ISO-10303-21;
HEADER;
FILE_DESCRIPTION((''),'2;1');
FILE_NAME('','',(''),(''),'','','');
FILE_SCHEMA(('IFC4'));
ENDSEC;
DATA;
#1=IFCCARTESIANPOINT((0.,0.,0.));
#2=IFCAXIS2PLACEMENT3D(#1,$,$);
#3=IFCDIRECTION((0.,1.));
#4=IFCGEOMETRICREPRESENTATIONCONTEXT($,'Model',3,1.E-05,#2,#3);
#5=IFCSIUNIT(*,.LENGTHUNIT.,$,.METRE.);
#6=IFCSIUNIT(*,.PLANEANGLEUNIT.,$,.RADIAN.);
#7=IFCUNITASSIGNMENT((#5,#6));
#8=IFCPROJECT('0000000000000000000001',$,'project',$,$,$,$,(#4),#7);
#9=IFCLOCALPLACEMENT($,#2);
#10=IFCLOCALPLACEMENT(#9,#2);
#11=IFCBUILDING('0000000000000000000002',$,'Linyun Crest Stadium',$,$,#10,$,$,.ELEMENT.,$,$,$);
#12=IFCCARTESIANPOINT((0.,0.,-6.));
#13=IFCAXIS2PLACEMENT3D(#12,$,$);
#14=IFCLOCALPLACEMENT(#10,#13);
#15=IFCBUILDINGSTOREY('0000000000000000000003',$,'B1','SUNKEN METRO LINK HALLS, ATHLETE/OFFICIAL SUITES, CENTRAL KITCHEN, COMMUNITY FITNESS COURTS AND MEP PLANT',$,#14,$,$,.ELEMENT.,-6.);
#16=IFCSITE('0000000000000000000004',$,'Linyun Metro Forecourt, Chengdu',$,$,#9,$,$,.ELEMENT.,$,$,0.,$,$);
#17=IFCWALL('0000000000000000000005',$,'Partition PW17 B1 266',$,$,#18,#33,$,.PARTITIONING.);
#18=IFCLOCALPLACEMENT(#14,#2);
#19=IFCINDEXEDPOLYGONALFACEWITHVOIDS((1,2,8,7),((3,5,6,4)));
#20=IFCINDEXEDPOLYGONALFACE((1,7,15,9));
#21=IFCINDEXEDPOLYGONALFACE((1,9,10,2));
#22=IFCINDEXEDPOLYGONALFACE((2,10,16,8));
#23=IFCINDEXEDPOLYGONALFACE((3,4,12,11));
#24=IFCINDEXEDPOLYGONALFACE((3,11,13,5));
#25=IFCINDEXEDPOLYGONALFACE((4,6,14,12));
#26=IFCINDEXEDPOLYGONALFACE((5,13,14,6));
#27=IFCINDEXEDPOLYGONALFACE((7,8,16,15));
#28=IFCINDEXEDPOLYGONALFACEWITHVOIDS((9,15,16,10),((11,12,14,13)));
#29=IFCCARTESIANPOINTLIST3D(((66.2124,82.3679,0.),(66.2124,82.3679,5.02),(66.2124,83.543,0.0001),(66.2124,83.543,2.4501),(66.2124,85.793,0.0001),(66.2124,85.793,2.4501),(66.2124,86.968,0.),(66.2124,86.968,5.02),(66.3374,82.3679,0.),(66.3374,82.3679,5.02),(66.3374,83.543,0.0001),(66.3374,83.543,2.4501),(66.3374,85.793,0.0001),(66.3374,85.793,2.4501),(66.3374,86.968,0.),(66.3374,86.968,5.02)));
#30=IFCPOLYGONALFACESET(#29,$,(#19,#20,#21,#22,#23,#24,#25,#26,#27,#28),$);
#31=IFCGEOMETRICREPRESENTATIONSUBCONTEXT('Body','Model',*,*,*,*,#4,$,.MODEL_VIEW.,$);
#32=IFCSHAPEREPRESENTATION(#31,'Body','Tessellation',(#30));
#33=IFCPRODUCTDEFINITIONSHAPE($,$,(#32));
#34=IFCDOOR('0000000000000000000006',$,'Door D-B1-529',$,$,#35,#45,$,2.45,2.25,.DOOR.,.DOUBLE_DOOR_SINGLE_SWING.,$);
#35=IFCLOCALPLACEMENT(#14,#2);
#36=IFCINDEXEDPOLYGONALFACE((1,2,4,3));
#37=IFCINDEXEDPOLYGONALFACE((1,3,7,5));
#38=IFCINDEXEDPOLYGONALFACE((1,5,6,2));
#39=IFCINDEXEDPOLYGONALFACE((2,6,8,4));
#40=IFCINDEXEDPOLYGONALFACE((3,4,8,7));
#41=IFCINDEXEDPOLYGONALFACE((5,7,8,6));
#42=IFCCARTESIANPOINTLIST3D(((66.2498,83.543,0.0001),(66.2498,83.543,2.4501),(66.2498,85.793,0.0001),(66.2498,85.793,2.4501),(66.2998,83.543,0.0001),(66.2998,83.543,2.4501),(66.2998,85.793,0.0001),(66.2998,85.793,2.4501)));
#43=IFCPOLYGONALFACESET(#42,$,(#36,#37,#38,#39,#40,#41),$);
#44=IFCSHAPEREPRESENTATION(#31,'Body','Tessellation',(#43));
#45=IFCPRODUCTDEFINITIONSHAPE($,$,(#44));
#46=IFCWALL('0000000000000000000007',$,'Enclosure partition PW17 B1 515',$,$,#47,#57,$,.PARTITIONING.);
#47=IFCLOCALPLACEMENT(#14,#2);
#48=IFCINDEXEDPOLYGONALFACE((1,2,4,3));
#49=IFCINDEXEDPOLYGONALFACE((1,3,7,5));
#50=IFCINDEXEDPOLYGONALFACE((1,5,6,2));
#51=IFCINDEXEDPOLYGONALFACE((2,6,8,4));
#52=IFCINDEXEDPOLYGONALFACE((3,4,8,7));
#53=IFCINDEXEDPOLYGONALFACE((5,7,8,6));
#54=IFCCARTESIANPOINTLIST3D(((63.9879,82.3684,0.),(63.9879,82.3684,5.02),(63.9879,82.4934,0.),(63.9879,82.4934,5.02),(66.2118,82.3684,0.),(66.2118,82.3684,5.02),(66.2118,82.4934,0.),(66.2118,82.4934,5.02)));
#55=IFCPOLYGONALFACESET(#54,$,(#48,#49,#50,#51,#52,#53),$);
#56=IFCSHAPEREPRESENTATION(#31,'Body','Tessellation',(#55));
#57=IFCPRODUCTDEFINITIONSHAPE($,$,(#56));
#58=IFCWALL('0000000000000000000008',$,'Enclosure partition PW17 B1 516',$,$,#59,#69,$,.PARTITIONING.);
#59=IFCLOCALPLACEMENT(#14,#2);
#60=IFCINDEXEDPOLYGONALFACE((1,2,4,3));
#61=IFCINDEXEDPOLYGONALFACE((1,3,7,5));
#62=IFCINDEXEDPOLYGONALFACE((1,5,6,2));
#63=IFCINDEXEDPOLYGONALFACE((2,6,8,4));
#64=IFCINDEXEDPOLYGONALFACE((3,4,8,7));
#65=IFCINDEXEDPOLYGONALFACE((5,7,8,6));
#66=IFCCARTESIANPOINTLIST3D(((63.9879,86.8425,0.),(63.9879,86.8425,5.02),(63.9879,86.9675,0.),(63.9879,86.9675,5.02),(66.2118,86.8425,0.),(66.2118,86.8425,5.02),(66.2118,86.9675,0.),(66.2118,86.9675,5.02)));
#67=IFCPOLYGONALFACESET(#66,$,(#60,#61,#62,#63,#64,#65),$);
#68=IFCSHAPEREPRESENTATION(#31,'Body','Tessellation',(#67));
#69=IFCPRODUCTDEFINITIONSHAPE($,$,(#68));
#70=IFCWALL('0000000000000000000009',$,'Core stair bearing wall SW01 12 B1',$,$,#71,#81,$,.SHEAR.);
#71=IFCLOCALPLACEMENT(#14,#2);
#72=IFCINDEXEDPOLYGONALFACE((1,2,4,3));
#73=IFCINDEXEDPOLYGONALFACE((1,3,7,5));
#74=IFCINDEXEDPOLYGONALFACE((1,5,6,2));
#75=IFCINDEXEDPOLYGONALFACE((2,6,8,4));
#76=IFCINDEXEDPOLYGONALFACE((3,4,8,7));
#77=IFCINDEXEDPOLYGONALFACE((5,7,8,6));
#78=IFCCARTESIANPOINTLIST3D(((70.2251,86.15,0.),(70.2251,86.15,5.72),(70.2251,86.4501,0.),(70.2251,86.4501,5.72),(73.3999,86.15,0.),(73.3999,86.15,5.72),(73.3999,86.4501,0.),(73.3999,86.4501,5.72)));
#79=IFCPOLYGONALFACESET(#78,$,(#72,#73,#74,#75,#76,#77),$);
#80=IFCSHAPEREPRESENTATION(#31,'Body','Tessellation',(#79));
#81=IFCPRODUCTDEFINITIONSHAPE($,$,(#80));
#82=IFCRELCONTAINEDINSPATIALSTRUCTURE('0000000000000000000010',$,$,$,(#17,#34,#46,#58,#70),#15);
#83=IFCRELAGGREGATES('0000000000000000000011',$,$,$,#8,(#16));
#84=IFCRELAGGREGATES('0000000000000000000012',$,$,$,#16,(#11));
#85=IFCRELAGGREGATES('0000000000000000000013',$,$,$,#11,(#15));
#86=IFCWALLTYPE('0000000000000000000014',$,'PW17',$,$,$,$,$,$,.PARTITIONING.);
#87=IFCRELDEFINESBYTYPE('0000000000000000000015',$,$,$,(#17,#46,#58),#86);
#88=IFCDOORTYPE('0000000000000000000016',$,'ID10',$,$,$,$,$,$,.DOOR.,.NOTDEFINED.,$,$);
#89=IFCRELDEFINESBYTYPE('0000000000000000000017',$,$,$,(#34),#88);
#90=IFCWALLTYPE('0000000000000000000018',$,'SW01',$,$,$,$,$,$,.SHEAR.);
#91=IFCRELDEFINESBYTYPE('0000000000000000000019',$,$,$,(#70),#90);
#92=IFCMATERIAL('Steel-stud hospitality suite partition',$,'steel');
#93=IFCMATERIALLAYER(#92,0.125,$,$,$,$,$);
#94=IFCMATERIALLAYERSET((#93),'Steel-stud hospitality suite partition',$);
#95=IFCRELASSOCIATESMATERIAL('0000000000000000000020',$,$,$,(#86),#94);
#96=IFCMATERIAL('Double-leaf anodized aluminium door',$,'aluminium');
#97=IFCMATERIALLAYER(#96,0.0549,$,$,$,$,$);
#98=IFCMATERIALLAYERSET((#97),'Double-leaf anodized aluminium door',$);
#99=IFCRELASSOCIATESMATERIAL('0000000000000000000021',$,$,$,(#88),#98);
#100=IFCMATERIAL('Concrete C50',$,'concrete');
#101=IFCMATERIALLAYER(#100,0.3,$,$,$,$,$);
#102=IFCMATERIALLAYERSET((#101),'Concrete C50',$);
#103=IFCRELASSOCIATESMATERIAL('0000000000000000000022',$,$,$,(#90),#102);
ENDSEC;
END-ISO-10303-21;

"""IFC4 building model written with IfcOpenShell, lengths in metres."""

from ifc_helpers import new_model, si_unit, direction, frame, frame_2d, origin, place, context, subcontext, project, spatial, rectangle, extrude, material, layer, layer_set, type_object, element, fill, save


model = new_model("IFC4")

# Units and contexts
model_context = context("Model", 3, precision=1e-05, world=origin(), true_north=direction((0.0, 1.0)))
body_context = subcontext(model_context, "Body", "Model", "MODEL_VIEW")
ifc_project = project(units=[si_unit("LENGTHUNIT", "METRE"), si_unit("PLANEANGLEUNIT", "RADIAN")], contexts=[model_context])

# Site, building, storey
site_placement = place(None, origin())
site = spatial("IfcSite", under=ifc_project, at=site_placement, Name="Linyun Metro Forecourt, Chengdu", CompositionType="ELEMENT", RefElevation=0.0)
building_placement = place(site_placement, origin())
building = spatial("IfcBuilding", under=site, at=building_placement, Name="Linyun Crest Stadium", CompositionType="ELEMENT")
storey_placement = place(building_placement, frame((0.0, 0.0, -6.0)))
storey = spatial("IfcBuildingStorey", under=building, at=storey_placement, Name="B1", Description="SUNKEN METRO LINK HALLS, ATHLETE/OFFICIAL SUITES, CENTRAL KITCHEN, COMMUNITY FITNESS COURTS AND MEP PLANT", CompositionType="ELEMENT", Elevation=-6.0)

# Wall, opening, door
ifc_material_1 = material(Name="Steel-stud hospitality suite partition", Category="steel")
ifc_layer_1 = layer(ifc_material_1, 0.125)
ifc_layer_set_1 = layer_set([ifc_layer_1], Name="Steel-stud hospitality suite partition")
wall_type_1 = type_object("IfcWallType", Name="PW17", PredefinedType="PARTITIONING", material=ifc_layer_set_1)
wall_1_placement = place(storey_placement, frame((66.2749, 86.968, 0.0), z_axis=(0.0, 0.0, 1.0), x_axis=(0.0, -1.0, 0.0)))
wall_1 = element("IfcWall", 1, at=wall_1_placement, inside=storey, type_object=wall_type_1, Name="Partition PW17 B1 266", PredefinedType="PARTITIONING", context=body_context, shape_type="SweptSolid", body=[
    extrude(rectangle(XDim=4.6001, YDim=0.125, at=frame_2d((2.3, 0.0))), origin(), (0.0, 0.0, 1.0), 5.02),
])
opening_placement = place(wall_1_placement, frame((1.175, 0.0, 0.0)))
opening = element("IfcOpeningElement", 2, at=opening_placement, cuts=wall_1, PredefinedType="OPENING", context=body_context, shape_type="SweptSolid", body=[
    extrude(rectangle(XDim=2.25, YDim=2.45, at=frame_2d((1.125, 1.2251))), frame((0.0, 0.0725, 0.0), z_axis=(0.0, -1.0, 0.0), x_axis=(1.0, 0.0, 0.0)), (0.0, 0.0, 1.0), 0.145),
])
ifc_material_2 = material(Name="Double-leaf anodized aluminium door", Category="aluminium")
ifc_layer_2 = layer(ifc_material_2, 0.0549)
ifc_layer_set_2 = layer_set([ifc_layer_2], Name="Double-leaf anodized aluminium door")
door_type = type_object("IfcDoorType", Name="ID10", OperationType="NOTDEFINED", PredefinedType="DOOR", material=ifc_layer_set_2)
door_placement = place(opening_placement, origin())
door = element("IfcDoor", 3, at=door_placement, inside=storey, type_object=door_type, Name="Door D-B1-529", OperationType="DOUBLE_DOOR_SINGLE_SWING", OverallHeight=2.45, OverallWidth=2.25, PredefinedType="DOOR", context=body_context, shape_type="SweptSolid", body=[
    extrude(rectangle(XDim=2.25, YDim=2.45, at=frame_2d((1.125, 1.2251))), frame((0.0, 0.0249, 0.0), z_axis=(0.0, -1.0, 0.0), x_axis=(1.0, 0.0, 0.0)), (0.0, 0.0, 1.0), 0.05),
])
fill(opening, door)

# Walls
for number, where, z_axis, x_axis, name in (
    (4, (63.988, 82.4309, 0.0), (0.0, 0.0, 1.0), (1.0, 0.0, 0.0), "Enclosure partition PW17 B1 515"),
    (5, (63.988, 86.905, 0.0), (0.0, 0.0, 1.0), (1.0, 0.0, 0.0), "Enclosure partition PW17 B1 516"),
):
    element("IfcWall", number, at=place(storey_placement, frame(where, z_axis=z_axis, x_axis=x_axis)), inside=storey, type_object=wall_type_1, Name=name, PredefinedType="PARTITIONING", context=body_context, shape_type="SweptSolid", body=[
        extrude(rectangle(XDim=2.2239, YDim=0.125, at=frame_2d((1.1118, 0.0))), origin(), (0.0, 0.0, 1.0), 5.02),
    ])
ifc_material_3 = material(Name="Concrete C50", Category="concrete")
ifc_layer_3 = layer(ifc_material_3, 0.3)
ifc_layer_set_3 = layer_set([ifc_layer_3], Name="Concrete C50")
wall_type_2 = type_object("IfcWallType", Name="SW01", PredefinedType="SHEAR", material=ifc_layer_set_3)
wall_2_placement = place(storey_placement, frame((70.2251, 86.3, 0.0), z_axis=(0.0, 0.0, 1.0), x_axis=(1.0, 0.0, 0.0)))
element("IfcWall", 6, at=wall_2_placement, inside=storey, type_object=wall_type_2, Name="Core stair bearing wall SW01 12 B1", PredefinedType="SHEAR", context=body_context, shape_type="SweptSolid", body=[
    extrude(rectangle(XDim=3.1748, YDim=0.3, at=frame_2d((1.5874, 0.0))), origin(), (0.0, 0.0, 1.0), 5.72),
])

save(model, "model.ifc")
